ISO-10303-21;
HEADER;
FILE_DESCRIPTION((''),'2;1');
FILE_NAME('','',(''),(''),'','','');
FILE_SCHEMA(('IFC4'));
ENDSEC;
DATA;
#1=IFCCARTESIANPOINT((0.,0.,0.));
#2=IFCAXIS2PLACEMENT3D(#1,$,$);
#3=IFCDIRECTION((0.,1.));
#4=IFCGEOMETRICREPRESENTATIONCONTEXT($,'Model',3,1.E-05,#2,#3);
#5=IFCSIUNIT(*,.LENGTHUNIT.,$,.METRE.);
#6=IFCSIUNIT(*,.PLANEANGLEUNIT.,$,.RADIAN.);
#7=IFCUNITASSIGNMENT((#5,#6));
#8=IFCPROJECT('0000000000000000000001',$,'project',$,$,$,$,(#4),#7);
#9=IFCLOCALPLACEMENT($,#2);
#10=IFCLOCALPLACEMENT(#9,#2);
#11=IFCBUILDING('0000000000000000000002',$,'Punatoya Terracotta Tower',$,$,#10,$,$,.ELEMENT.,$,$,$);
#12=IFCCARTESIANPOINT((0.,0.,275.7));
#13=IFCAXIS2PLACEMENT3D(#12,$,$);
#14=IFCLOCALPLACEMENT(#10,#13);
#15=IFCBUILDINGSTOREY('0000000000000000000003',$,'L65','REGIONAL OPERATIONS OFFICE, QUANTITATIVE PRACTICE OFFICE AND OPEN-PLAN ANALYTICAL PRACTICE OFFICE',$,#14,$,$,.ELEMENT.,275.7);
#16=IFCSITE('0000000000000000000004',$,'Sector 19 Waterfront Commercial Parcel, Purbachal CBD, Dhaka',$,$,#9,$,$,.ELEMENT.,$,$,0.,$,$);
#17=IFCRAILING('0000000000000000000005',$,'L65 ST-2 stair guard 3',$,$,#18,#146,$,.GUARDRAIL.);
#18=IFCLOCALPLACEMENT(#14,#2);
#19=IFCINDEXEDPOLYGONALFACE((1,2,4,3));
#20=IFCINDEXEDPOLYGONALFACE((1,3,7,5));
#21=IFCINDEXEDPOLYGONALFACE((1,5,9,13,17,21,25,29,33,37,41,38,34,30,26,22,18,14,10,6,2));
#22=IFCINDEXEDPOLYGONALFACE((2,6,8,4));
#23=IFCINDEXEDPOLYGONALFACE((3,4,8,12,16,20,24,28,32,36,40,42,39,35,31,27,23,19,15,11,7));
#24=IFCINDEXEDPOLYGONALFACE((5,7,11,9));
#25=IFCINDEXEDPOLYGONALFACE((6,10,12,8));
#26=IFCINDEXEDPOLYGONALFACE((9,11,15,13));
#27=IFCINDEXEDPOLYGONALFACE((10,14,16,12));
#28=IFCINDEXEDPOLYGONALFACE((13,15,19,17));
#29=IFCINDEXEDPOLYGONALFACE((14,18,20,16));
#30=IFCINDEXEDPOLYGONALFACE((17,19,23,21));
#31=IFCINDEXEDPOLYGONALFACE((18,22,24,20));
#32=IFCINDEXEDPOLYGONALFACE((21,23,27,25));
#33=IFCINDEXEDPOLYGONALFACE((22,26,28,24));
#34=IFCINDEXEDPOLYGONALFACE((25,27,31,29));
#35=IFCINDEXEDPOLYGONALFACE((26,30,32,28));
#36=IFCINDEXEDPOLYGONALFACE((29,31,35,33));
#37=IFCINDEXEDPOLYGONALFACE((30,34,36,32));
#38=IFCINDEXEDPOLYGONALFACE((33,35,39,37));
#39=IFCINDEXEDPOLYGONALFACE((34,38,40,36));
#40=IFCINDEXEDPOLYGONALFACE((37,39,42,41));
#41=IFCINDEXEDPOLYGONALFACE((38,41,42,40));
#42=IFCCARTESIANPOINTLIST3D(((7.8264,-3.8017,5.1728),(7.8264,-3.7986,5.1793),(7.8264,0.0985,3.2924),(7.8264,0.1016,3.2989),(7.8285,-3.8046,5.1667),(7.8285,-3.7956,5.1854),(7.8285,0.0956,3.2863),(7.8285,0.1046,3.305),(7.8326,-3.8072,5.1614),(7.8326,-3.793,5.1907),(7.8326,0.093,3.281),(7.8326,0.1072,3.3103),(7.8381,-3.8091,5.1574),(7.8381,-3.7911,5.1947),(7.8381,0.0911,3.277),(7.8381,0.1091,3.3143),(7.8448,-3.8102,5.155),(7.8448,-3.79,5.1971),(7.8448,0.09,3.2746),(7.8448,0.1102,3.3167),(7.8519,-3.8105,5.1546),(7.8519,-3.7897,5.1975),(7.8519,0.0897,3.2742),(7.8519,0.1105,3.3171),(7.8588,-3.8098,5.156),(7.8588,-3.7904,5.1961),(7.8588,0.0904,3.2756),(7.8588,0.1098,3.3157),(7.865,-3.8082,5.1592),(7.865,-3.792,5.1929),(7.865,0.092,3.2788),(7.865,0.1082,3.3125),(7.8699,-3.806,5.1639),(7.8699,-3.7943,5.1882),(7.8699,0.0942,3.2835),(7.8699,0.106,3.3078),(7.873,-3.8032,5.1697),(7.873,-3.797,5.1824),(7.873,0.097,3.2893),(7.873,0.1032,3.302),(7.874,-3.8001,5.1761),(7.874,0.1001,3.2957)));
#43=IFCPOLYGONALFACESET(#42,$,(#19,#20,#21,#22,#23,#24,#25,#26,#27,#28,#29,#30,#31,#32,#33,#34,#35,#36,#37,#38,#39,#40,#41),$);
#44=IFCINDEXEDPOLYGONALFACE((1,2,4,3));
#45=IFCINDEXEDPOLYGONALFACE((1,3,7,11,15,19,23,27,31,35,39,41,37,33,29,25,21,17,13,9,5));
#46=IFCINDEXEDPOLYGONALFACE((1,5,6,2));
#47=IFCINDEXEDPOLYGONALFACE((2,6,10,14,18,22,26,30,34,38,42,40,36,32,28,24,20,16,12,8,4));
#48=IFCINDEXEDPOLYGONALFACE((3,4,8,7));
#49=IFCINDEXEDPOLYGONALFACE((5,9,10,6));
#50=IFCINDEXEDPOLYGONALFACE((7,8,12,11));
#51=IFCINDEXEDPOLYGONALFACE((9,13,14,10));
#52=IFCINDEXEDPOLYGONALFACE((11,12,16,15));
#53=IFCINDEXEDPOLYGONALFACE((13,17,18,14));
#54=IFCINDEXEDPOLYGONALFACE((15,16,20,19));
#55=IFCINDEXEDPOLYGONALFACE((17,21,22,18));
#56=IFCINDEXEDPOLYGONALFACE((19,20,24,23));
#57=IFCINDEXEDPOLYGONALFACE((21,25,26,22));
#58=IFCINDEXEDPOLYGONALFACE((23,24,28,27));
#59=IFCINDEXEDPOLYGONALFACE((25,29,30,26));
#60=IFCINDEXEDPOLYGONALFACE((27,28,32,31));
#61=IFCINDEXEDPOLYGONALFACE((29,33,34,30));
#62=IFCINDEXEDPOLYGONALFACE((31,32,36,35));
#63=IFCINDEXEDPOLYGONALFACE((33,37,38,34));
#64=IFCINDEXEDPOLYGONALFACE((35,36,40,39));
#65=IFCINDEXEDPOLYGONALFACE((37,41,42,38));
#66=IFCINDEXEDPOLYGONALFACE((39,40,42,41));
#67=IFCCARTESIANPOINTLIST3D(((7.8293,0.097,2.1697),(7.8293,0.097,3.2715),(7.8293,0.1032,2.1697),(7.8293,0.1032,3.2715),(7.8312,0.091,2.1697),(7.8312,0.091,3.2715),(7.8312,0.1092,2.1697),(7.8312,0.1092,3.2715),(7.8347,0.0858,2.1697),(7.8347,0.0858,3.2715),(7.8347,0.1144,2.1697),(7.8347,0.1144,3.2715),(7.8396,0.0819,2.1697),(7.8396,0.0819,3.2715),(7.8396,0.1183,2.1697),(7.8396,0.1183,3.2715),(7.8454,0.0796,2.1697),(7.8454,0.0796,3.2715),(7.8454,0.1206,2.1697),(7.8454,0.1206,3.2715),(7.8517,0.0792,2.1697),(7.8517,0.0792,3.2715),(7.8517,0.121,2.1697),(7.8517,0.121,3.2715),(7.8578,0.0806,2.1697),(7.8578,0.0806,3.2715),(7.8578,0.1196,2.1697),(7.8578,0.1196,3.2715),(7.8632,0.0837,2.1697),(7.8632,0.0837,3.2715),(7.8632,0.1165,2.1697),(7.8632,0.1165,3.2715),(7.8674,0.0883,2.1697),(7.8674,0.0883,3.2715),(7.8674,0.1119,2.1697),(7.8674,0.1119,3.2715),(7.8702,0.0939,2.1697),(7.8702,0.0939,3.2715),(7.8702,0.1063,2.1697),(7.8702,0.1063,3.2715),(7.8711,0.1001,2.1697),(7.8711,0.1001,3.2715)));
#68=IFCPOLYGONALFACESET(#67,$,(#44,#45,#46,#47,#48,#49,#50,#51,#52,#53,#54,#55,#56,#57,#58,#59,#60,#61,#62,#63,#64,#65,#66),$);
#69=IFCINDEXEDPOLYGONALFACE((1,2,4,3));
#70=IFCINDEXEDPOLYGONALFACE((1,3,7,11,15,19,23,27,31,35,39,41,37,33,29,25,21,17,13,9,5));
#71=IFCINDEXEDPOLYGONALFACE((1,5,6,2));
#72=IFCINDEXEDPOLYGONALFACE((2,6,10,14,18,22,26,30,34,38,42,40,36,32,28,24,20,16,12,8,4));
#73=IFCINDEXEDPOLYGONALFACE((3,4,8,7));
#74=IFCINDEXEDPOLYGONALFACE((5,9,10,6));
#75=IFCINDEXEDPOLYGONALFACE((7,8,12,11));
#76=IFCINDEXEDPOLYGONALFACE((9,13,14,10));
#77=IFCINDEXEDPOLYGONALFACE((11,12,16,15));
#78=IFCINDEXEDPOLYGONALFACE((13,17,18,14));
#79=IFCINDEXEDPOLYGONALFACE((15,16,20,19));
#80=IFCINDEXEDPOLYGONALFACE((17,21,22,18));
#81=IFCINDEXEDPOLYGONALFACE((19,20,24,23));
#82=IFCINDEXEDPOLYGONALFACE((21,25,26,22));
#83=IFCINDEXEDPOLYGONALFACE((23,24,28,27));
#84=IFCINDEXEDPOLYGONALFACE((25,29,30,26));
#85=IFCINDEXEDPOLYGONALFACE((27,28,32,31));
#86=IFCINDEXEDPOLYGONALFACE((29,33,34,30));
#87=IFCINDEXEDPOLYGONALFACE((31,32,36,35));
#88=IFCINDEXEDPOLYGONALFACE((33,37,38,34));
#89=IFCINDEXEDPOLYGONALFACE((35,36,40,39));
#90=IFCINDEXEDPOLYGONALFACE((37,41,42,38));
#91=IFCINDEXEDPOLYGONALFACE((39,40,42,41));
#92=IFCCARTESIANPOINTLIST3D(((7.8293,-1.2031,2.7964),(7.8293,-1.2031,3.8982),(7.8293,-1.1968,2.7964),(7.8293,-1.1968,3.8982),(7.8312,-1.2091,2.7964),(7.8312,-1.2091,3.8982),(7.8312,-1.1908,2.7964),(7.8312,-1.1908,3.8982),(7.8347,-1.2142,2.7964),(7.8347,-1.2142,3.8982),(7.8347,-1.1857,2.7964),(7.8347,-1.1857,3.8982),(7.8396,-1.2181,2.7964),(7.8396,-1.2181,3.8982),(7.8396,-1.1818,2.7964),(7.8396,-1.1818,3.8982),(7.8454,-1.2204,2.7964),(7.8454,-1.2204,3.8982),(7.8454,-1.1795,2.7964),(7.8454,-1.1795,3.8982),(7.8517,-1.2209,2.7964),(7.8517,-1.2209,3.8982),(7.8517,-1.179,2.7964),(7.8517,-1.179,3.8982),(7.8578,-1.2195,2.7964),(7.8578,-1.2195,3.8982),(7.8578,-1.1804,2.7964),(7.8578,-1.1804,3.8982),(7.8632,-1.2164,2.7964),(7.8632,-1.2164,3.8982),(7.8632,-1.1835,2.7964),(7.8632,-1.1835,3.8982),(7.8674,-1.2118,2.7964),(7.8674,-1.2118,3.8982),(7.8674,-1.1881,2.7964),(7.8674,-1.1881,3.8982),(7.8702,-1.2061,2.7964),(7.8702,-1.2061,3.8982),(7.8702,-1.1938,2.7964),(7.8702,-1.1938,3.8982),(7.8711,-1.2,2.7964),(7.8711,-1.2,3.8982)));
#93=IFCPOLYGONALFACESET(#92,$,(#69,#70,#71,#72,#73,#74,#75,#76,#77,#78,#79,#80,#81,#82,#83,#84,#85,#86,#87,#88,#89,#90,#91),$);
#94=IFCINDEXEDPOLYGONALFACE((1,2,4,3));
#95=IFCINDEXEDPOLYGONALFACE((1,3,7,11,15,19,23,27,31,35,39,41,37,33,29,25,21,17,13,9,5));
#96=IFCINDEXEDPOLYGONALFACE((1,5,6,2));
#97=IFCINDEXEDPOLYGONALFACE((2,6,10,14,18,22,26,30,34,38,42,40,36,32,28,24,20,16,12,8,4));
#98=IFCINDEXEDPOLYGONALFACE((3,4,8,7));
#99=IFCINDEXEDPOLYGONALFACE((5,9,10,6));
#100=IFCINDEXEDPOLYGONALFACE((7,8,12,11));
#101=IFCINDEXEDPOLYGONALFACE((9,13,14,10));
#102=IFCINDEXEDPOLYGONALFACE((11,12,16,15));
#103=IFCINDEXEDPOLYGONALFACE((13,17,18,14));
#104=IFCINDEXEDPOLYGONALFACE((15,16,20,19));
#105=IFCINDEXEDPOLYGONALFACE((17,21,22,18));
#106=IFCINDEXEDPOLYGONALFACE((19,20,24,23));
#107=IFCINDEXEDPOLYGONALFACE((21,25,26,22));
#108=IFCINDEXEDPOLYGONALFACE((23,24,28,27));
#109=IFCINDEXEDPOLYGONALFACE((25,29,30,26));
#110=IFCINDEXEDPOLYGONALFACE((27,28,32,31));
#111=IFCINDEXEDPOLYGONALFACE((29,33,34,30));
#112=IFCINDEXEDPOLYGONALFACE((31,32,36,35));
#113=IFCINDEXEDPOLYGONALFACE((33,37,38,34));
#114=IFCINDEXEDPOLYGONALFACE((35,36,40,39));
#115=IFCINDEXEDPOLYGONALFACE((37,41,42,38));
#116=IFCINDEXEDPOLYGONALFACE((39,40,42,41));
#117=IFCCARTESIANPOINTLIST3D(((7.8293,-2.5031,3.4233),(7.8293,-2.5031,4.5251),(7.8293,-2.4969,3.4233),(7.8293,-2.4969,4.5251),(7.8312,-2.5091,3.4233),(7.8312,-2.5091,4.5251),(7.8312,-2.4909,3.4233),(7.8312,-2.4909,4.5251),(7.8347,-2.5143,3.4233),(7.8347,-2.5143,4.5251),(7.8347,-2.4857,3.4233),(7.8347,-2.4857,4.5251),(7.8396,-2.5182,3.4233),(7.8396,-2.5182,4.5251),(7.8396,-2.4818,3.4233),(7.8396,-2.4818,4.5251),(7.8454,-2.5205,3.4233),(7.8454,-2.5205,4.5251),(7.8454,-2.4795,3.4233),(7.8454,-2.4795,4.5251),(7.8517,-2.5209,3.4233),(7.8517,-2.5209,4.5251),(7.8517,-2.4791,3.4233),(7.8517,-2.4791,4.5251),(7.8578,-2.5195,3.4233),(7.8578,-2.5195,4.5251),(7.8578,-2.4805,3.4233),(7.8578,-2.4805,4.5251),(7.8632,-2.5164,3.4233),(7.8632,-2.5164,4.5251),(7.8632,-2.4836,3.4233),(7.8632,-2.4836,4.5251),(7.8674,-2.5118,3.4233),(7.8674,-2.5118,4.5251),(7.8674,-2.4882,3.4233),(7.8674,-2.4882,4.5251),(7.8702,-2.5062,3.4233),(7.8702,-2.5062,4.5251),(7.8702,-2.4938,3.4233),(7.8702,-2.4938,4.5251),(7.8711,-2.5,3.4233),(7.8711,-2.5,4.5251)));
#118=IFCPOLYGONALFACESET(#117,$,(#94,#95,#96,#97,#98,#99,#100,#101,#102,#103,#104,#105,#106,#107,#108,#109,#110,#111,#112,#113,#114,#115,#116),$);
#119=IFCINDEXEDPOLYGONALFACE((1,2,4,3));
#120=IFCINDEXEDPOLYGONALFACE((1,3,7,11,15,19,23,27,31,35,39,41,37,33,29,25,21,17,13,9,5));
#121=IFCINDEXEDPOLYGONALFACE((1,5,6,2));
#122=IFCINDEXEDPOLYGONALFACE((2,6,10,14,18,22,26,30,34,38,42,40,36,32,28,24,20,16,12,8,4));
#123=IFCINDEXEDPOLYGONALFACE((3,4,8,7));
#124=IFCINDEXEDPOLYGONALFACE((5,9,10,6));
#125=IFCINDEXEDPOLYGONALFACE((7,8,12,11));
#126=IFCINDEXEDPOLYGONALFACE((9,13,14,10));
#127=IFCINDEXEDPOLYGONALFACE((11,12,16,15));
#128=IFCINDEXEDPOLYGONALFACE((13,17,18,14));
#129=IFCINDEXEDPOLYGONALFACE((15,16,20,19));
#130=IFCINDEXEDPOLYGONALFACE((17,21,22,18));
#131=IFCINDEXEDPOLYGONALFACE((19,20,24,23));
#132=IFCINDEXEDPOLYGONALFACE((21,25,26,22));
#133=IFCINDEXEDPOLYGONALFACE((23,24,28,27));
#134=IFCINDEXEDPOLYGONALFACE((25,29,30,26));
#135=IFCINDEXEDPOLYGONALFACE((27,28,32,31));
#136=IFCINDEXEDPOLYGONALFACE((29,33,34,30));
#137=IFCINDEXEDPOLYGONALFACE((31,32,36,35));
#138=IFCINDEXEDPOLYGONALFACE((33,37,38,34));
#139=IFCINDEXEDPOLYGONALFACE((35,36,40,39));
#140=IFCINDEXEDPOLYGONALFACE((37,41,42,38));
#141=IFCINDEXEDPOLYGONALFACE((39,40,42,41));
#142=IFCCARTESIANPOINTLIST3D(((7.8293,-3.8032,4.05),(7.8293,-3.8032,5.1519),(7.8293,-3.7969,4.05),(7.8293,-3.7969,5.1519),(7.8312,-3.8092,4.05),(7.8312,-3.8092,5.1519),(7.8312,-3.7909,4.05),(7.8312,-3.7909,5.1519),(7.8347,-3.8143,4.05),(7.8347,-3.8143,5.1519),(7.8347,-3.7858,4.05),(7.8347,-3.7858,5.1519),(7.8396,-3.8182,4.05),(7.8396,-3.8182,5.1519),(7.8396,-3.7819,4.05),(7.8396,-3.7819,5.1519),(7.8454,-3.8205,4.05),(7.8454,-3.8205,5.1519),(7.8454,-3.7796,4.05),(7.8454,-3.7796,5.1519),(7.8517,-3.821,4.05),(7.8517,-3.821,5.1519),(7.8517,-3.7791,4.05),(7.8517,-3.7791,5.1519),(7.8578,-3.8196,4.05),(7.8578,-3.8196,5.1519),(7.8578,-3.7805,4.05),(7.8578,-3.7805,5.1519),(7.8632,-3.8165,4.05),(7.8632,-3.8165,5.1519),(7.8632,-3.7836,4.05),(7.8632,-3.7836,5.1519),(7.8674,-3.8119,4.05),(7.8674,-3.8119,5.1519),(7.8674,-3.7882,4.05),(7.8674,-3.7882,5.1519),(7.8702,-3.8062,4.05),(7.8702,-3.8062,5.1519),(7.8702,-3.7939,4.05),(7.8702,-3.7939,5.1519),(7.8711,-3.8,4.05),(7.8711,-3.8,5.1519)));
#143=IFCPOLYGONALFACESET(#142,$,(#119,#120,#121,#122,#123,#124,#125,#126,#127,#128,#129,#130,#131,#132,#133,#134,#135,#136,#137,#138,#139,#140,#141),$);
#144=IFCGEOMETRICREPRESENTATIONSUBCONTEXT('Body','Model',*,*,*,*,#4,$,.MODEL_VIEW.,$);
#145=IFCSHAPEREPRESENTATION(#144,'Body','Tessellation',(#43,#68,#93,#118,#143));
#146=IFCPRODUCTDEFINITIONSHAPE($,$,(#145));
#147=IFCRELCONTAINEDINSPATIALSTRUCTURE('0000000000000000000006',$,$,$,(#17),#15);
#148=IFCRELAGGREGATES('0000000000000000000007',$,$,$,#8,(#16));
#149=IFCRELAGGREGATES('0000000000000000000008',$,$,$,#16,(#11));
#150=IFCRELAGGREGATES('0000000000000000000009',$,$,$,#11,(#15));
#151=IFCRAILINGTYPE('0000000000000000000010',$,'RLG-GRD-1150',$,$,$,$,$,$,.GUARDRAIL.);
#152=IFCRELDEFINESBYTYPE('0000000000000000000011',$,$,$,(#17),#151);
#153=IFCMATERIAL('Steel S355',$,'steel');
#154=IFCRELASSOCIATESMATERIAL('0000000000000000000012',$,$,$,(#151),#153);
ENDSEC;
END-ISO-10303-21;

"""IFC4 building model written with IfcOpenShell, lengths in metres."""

from ifc_helpers import new_model, si_unit, direction, frame, origin, origin_2d, place, context, subcontext, project, spatial, circle, extrude, material, type_object, element, save


model = new_model("IFC4")

# Units and contexts
model_context = context("Model", 3, precision=1e-05, world=origin(), true_north=direction((0.0, 1.0)))
body_context = subcontext(model_context, "Body", "Model", "MODEL_VIEW")
ifc_project = project(units=[si_unit("LENGTHUNIT", "METRE"), si_unit("PLANEANGLEUNIT", "RADIAN")], contexts=[model_context])

# Site, building, storey
site_placement = place(None, origin())
site = spatial("IfcSite", under=ifc_project, at=site_placement, Name="Sector 19 Waterfront Commercial Parcel, Purbachal CBD, Dhaka", CompositionType="ELEMENT", RefElevation=0.0)
building_placement = place(site_placement, origin())
building = spatial("IfcBuilding", under=site, at=building_placement, Name="Punatoya Terracotta Tower", CompositionType="ELEMENT")
storey_placement = place(building_placement, frame((0.0, 0.0, 275.7)))
storey = spatial("IfcBuildingStorey", under=building, at=storey_placement, Name="L65", Description="REGIONAL OPERATIONS OFFICE, QUANTITATIVE PRACTICE OFFICE AND OPEN-PLAN ANALYTICAL PRACTICE OFFICE", CompositionType="ELEMENT", Elevation=275.7)

# Shared definitions
ifc_material_1 = material(Name="Steel S355", Category="steel")

# Railing
railing_type_1 = type_object("IfcRailingType", Name="RLG-GRD-1150", PredefinedType="GUARDRAIL", material=ifc_material_1)
railing_1_placement = place(storey_placement, frame((7.8501, 0.1001, 2.1697)))
element("IfcRailing", 1, at=railing_1_placement, inside=storey, type_object=railing_type_1, Name="L65 ST-2 stair guard 3", PredefinedType="GUARDRAIL", context=body_context, shape_type="SweptSolid", body=[
    extrude(circle(Radius=0.0239, at=origin_2d()), frame((0.0, 0.0, 1.126), z_axis=(0.0, -0.900774, 0.434289), x_axis=(1.0, 0.0, 0.0)), (0.0, 0.0, 1.0), 4.3298),
    extrude(circle(Radius=0.021, at=origin_2d()), origin(), (0.0, 0.0, 1.0), 1.1018),
    extrude(circle(Radius=0.021, at=origin_2d()), frame((0.0, -1.3, 0.6267)), (0.0, 0.0, 1.0), 1.1018),
    extrude(circle(Radius=0.021, at=origin_2d()), frame((0.0, -2.6001, 1.2537)), (0.0, 0.0, 1.0), 1.1018),
    extrude(circle(Radius=0.021, at=origin_2d()), frame((0.0, -3.9001, 1.8804)), (0.0, 0.0, 1.0), 1.1018),
])

save(model, "model.ifc")
